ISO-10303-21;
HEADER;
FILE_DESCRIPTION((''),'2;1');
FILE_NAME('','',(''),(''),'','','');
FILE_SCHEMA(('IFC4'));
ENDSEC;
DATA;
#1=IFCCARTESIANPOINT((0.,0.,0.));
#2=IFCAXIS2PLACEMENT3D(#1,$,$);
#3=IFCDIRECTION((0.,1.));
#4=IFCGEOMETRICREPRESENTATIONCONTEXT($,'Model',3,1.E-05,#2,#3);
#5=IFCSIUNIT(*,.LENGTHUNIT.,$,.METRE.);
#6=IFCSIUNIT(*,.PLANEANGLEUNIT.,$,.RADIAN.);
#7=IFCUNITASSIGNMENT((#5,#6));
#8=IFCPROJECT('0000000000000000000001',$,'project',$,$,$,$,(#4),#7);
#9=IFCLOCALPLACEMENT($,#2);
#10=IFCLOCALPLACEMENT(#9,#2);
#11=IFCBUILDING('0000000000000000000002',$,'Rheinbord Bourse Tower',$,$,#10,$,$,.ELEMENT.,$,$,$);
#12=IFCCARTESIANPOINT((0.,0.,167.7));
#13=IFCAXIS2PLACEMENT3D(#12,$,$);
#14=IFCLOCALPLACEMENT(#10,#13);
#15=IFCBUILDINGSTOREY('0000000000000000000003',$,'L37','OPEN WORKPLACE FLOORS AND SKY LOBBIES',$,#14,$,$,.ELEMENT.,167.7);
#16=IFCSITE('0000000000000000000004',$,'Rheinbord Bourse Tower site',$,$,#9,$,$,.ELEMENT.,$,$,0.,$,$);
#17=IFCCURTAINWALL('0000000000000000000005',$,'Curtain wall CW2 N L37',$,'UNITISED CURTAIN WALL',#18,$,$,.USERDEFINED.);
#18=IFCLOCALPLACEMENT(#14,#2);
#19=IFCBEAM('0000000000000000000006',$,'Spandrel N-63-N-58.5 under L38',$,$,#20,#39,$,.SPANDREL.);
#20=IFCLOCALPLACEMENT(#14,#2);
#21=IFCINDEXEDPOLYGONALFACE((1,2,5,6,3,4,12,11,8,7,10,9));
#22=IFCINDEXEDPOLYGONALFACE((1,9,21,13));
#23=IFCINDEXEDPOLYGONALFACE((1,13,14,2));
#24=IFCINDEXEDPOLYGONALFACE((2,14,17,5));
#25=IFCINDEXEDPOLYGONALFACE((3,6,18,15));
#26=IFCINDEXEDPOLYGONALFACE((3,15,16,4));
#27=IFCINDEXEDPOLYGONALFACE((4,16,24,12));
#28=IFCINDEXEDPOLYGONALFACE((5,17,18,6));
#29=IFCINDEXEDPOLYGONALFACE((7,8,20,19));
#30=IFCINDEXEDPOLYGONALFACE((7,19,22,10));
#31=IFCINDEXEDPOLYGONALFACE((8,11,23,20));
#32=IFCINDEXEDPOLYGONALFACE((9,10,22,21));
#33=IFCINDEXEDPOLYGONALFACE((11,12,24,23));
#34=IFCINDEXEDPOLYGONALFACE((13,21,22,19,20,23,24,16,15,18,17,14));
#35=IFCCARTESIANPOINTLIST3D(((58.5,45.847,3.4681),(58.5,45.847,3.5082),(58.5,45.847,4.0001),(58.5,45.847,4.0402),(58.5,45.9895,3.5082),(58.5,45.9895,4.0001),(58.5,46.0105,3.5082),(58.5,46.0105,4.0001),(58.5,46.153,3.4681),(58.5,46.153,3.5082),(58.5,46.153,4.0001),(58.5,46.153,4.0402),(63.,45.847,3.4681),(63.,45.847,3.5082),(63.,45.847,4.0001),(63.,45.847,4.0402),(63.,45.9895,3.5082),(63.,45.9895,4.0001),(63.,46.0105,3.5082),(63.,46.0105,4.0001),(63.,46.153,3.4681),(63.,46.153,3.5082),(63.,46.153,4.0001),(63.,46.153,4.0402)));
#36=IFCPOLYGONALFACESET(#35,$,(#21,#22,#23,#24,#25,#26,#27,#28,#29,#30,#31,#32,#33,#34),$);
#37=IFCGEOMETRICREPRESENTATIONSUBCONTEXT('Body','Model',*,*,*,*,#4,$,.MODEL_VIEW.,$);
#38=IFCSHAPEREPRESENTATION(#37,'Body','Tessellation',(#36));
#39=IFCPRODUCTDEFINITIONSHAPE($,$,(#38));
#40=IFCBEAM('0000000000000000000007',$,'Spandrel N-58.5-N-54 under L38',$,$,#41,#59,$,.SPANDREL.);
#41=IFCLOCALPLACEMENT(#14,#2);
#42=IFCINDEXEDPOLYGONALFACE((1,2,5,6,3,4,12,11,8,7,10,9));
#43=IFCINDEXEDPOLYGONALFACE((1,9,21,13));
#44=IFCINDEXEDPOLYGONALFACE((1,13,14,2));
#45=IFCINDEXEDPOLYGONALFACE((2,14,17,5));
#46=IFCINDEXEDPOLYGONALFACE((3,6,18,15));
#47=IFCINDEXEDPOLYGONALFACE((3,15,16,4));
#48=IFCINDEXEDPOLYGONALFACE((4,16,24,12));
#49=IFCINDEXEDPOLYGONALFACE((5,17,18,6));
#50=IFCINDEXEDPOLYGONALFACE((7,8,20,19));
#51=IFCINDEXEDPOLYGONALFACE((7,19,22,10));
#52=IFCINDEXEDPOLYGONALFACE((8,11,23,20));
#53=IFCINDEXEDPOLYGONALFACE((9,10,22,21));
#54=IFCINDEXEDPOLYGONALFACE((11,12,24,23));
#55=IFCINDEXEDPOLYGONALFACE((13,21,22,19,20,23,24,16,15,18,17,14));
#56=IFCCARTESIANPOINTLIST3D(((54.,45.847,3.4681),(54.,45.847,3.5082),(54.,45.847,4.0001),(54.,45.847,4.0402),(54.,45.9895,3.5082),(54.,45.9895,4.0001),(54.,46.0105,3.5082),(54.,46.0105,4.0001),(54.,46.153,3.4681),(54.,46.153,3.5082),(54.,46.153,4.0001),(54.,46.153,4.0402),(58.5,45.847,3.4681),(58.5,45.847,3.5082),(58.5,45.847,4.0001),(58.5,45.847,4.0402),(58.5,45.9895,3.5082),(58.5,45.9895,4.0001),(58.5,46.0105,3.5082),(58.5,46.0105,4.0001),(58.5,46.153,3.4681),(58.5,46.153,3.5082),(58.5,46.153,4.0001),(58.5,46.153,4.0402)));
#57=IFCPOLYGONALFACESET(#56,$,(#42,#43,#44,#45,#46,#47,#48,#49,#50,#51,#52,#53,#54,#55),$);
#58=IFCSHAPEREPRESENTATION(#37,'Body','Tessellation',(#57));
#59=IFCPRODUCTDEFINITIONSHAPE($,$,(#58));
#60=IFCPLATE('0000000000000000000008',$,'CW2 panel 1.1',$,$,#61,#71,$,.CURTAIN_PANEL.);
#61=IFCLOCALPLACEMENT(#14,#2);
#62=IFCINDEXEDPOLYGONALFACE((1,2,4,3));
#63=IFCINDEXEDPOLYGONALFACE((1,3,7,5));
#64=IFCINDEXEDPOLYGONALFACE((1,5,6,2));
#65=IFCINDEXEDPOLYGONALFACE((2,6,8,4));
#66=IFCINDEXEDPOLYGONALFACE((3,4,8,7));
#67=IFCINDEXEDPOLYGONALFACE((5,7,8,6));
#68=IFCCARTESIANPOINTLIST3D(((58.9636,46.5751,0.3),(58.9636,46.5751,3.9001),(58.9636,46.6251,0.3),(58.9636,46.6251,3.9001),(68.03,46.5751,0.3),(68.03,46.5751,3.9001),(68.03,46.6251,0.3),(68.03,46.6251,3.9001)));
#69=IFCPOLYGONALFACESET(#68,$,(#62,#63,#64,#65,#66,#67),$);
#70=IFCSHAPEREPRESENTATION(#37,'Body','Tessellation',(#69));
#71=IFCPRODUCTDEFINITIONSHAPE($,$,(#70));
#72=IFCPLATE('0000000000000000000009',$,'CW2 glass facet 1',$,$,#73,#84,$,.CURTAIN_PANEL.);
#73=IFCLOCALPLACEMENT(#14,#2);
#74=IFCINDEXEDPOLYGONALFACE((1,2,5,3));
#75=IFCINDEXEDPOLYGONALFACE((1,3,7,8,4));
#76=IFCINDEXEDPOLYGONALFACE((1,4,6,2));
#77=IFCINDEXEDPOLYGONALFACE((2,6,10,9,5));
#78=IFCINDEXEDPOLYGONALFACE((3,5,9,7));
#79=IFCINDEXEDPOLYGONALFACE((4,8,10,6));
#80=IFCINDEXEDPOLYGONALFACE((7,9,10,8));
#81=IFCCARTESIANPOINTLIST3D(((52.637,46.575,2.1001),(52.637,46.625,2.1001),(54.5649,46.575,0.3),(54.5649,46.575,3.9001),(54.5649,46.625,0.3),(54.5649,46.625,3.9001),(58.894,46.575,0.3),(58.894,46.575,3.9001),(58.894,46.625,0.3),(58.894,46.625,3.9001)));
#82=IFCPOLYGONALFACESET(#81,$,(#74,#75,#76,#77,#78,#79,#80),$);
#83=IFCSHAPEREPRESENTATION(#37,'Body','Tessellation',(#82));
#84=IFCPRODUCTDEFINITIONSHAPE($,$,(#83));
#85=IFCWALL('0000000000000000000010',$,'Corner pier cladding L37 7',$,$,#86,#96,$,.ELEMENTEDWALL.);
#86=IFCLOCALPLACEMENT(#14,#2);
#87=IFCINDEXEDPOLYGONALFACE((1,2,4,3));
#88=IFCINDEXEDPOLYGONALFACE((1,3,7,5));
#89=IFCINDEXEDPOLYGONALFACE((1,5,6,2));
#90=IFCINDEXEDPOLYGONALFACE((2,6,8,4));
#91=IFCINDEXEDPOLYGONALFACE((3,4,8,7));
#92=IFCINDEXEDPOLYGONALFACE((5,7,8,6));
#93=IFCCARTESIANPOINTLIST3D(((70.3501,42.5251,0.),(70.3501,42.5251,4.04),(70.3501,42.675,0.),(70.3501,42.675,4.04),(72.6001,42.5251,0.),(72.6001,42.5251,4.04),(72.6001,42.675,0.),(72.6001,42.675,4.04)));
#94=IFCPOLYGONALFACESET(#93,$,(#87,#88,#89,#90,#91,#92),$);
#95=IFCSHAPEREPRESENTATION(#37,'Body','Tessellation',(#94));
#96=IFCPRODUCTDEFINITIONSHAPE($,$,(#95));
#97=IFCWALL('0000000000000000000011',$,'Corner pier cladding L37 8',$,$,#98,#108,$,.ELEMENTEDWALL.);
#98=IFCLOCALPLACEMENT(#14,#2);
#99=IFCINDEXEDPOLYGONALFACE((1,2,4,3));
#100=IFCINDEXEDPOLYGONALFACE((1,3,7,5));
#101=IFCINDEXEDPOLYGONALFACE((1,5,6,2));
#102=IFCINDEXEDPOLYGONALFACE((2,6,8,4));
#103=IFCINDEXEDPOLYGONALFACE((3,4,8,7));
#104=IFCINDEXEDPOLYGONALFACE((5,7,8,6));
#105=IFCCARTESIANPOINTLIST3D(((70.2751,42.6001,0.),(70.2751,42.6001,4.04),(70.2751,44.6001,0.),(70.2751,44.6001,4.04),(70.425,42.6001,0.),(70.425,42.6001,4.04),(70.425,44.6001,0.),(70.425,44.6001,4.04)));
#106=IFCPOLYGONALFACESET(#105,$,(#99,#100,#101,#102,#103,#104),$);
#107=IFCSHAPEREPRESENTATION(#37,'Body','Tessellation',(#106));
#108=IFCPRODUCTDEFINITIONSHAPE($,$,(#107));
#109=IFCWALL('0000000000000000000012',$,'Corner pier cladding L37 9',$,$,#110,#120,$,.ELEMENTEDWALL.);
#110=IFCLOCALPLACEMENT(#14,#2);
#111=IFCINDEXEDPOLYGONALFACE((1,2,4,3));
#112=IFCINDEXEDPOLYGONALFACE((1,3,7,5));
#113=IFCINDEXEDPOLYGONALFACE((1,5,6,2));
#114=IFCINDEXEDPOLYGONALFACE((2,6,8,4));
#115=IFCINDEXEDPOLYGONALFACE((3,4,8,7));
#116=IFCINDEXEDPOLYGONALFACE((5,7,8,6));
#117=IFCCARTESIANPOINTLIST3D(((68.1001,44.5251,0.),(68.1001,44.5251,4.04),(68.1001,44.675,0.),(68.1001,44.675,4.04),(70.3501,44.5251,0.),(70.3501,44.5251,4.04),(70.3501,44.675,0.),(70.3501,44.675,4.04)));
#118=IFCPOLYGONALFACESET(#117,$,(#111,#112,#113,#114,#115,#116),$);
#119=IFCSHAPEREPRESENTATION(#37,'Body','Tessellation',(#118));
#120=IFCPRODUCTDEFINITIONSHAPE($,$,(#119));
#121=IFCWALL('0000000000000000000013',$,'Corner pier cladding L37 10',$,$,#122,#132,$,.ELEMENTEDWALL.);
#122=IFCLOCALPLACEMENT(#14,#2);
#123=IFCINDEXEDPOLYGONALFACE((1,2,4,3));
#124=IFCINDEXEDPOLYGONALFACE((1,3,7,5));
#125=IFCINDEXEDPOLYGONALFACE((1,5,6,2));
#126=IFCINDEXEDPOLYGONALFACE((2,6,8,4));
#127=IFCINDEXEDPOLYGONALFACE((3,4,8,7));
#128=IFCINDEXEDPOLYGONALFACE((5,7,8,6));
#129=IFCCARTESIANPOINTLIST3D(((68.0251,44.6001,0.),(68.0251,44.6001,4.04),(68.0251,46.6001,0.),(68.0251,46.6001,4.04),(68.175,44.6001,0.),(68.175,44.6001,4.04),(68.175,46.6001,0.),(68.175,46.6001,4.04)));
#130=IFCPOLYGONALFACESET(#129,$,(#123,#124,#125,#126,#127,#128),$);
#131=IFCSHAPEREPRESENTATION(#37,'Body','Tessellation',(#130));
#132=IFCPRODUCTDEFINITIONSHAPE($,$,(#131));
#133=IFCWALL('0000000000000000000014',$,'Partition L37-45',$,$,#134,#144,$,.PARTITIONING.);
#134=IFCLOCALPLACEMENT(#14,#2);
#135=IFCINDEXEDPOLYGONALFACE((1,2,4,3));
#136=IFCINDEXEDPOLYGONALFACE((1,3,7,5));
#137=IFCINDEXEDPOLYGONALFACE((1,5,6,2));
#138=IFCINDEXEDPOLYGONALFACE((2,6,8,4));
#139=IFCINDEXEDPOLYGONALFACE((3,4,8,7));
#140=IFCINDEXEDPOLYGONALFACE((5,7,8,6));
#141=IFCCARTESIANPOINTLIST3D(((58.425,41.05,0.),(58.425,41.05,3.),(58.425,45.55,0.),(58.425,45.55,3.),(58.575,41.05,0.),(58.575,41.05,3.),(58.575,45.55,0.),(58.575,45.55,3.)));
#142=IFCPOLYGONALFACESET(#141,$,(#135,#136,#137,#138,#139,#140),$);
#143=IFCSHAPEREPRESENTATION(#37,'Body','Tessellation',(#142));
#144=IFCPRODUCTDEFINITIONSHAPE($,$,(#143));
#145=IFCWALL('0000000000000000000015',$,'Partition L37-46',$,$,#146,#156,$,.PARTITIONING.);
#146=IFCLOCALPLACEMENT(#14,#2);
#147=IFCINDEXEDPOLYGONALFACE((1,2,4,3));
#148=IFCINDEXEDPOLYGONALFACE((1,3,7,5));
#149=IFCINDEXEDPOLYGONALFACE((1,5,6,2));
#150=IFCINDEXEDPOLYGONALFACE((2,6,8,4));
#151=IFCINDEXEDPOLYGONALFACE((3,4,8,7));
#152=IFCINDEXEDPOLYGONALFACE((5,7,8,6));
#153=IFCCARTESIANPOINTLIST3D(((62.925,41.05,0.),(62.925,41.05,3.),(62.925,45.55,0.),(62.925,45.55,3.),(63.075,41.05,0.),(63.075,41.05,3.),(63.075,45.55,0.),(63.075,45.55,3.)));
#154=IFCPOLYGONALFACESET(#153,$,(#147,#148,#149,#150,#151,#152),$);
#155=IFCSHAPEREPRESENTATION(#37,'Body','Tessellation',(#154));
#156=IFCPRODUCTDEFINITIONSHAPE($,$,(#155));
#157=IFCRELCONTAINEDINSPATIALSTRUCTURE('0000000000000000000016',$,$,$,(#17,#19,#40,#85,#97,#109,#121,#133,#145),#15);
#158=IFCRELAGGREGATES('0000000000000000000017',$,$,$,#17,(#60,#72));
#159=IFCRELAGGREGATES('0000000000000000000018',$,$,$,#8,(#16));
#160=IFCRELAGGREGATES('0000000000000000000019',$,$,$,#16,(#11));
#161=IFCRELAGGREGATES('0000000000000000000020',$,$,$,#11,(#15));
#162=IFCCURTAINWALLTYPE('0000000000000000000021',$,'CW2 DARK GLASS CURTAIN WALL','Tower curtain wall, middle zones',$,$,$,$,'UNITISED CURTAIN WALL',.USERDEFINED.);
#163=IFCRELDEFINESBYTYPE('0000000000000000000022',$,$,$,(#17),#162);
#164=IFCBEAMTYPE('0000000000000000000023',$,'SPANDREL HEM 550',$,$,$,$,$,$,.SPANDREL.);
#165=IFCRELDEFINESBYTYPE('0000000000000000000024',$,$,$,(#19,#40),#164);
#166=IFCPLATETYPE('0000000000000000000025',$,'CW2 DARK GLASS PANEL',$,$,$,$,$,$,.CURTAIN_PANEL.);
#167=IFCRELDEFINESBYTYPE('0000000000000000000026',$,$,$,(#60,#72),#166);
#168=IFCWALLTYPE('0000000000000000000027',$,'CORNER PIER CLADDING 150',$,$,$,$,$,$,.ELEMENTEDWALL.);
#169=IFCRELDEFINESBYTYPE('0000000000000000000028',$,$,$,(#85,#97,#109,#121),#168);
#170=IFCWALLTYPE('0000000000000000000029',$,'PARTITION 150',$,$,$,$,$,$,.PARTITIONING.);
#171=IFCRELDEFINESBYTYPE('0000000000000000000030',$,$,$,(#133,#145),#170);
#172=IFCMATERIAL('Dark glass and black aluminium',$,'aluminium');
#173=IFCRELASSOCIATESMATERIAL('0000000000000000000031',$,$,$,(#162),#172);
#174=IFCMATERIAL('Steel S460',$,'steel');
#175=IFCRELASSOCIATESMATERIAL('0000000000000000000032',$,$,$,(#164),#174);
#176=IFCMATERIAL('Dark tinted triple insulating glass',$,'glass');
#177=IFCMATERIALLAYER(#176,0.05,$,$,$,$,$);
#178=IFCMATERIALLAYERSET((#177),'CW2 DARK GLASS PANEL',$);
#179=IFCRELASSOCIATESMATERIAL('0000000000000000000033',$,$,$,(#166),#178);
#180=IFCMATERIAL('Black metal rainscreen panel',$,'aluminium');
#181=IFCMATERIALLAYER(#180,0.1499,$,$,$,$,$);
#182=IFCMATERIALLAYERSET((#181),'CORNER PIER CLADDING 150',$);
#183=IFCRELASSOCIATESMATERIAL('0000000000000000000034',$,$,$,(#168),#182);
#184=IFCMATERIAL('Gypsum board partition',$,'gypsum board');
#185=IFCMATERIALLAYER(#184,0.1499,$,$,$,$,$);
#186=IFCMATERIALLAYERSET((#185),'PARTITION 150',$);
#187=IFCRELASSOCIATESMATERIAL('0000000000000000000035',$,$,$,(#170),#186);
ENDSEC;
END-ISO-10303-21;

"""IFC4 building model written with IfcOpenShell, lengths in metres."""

from ifc_helpers import new_model, si_unit, direction, frame, frame_2d, origin, origin_2d, place, context, subcontext, project, spatial, polyline, rectangle, i_section, outline, extrude, material, layer, layer_set, material_profile, profile_set, type_object, element, aggregate, save


model = new_model("IFC4")

# Units and contexts
model_context = context("Model", 3, precision=1e-05, world=origin(), true_north=direction((0.0, 1.0)))
body_context = subcontext(model_context, "Body", "Model", "MODEL_VIEW")
ifc_project = project(units=[si_unit("LENGTHUNIT", "METRE"), si_unit("PLANEANGLEUNIT", "RADIAN")], contexts=[model_context])

# Site, building, storey
site_placement = place(None, origin())
site = spatial("IfcSite", under=ifc_project, at=site_placement, Name="Rheinbord Bourse Tower site", CompositionType="ELEMENT", RefElevation=0.0)
building_placement = place(site_placement, origin())
building = spatial("IfcBuilding", under=site, at=building_placement, Name="Rheinbord Bourse Tower", CompositionType="ELEMENT")
storey_placement = place(building_placement, frame((0.0, 0.0, 167.7)))
storey = spatial("IfcBuildingStorey", under=building, at=storey_placement, Name="L37", Description="OPEN WORKPLACE FLOORS AND SKY LOBBIES", CompositionType="ELEMENT", Elevation=167.7)

# Shared definitions
ifc_material_1 = material(Name="Dark glass and black aluminium", Category="aluminium")
curtain_wall_type = type_object("IfcCurtainWallType", Name="CW2 DARK GLASS CURTAIN WALL", Description="Tower curtain wall, middle zones", ElementType="UNITISED CURTAIN WALL", PredefinedType="USERDEFINED", material=ifc_material_1)

# Curtain wall
curtain_wall_1_placement = place(storey_placement, origin())
curtain_wall_1 = element("IfcCurtainWall", 1, at=curtain_wall_1_placement, inside=storey, type_object=curtain_wall_type, Name="Curtain wall CW2 N L37", ObjectType="UNITISED CURTAIN WALL", PredefinedType="USERDEFINED")

# Beams
ifc_material_2 = material(Name="Steel S460", Category="steel")
ifc_material_profile_1 = material_profile(ifc_material_2, i_section(OverallWidth=0.3059, OverallDepth=0.572, WebThickness=0.021, FlangeThickness=0.04, at=origin_2d()), Name="HEM 550")
ifc_profile_set_1 = profile_set([ifc_material_profile_1], Name="Steel S460")
beam_type_1 = type_object("IfcBeamType", Name="SPANDREL HEM 550", PredefinedType="SPANDREL", material=ifc_profile_set_1)
for number, where, z_axis, x_axis, name in (
    (2, (63.0, 46.0, 3.7542), (-1.0, 0.0, 0.0), (0.0, -1.0, 0.0), "Spandrel N-63-N-58.5 under L38"),
    (3, (58.5, 46.0, 3.7542), (-1.0, 0.0, 0.0), (0.0, -1.0, 0.0), "Spandrel N-58.5-N-54 under L38"),
):
    element("IfcBeam", number, at=place(storey_placement, frame(where, z_axis=z_axis, x_axis=x_axis)), inside=storey, type_object=beam_type_1, Name=name, PredefinedType="SPANDREL", context=body_context, shape_type="SweptSolid", body=[
        extrude(i_section(OverallWidth=0.3059, OverallDepth=0.572, WebThickness=0.021, FlangeThickness=0.04, at=origin_2d()), origin(), (0.0, 0.0, 1.0), 4.5),
    ])

# Plates
ifc_material_3 = material(Name="Dark tinted triple insulating glass", Category="glass")
ifc_layer_1 = layer(ifc_material_3, 0.05)
ifc_layer_set_1 = layer_set([ifc_layer_1], Name="CW2 DARK GLASS PANEL")
plate_type = type_object("IfcPlateType", Name="CW2 DARK GLASS PANEL", PredefinedType="CURTAIN_PANEL", material=ifc_layer_set_1)
plate_1_placement = place(storey_placement, frame((63.4968, 46.6001, 0.3), z_axis=(0.0, 0.0, 1.0), x_axis=(-1.0, 0.0, 0.0)))
plate_1 = element("IfcPlate", 4, at=plate_1_placement, type_object=plate_type, Name="CW2 panel 1.1", PredefinedType="CURTAIN_PANEL", context=body_context, shape_type="SweptSolid", body=[
    extrude(rectangle(XDim=9.0664, YDim=0.05, at=origin_2d()), origin(), (0.0, 0.0, 1.0), 3.6001),
])
plate_2_placement = place(storey_placement, frame((58.894, 46.625, 0.3), z_axis=(0.0, -1.0, 0.0), x_axis=(0.0, 0.0, 1.0)))
plate_2 = element("IfcPlate", 5, at=plate_2_placement, type_object=plate_type, Name="CW2 glass facet 1", PredefinedType="CURTAIN_PANEL", context=body_context, shape_type="SweptSolid", body=[
    extrude(outline(polyline([(0.0, 0.0), (3.6001, 0.0), (3.6001, 4.3291), (1.8, 6.2571), (0.0, 4.3291), (0.0, 0.0)])), origin(), (0.0, 0.0, 1.0), 0.05),
])
aggregate(curtain_wall_1, [plate_1, plate_2])

# Walls
ifc_material_4 = material(Name="Black metal rainscreen panel", Category="aluminium")
ifc_layer_2 = layer(ifc_material_4, 0.1499)
ifc_layer_set_2 = layer_set([ifc_layer_2], Name="CORNER PIER CLADDING 150")
wall_type_1 = type_object("IfcWallType", Name="CORNER PIER CLADDING 150", PredefinedType="ELEMENTEDWALL", material=ifc_layer_set_2)
wall_1_placement = place(storey_placement, frame((72.6001, 42.6001, 0.0), z_axis=(0.0, 0.0, 1.0), x_axis=(-1.0, 0.0, 0.0)))
element("IfcWall", 6, at=wall_1_placement, inside=storey, type_object=wall_type_1, Name="Corner pier cladding L37 7", PredefinedType="ELEMENTEDWALL", context=body_context, shape_type="SweptSolid", body=[
    extrude(rectangle(XDim=2.25, YDim=0.1499, at=frame_2d((1.125, 0.0))), origin(), (0.0, 0.0, 1.0), 4.04),
])
wall_2_placement = place(storey_placement, frame((70.3501, 42.6001, 0.0), z_axis=(0.0, 0.0, 1.0), x_axis=(0.0, 1.0, 0.0)))
element("IfcWall", 7, at=wall_2_placement, inside=storey, type_object=wall_type_1, Name="Corner pier cladding L37 8", PredefinedType="ELEMENTEDWALL", context=body_context, shape_type="SweptSolid", body=[
    extrude(rectangle(XDim=2.0, YDim=0.1499, at=frame_2d((1.0, 0.0))), origin(), (0.0, 0.0, 1.0), 4.04),
])
wall_3_placement = place(storey_placement, frame((70.3501, 44.6001, 0.0), z_axis=(0.0, 0.0, 1.0), x_axis=(-1.0, 0.0, 0.0)))
element("IfcWall", 8, at=wall_3_placement, inside=storey, type_object=wall_type_1, Name="Corner pier cladding L37 9", PredefinedType="ELEMENTEDWALL", context=body_context, shape_type="SweptSolid", body=[
    extrude(rectangle(XDim=2.25, YDim=0.1499, at=frame_2d((1.125, 0.0))), origin(), (0.0, 0.0, 1.0), 4.04),
])
wall_4_placement = place(storey_placement, frame((68.1001, 44.6001, 0.0), z_axis=(0.0, 0.0, 1.0), x_axis=(0.0, 1.0, 0.0)))
element("IfcWall", 9, at=wall_4_placement, inside=storey, type_object=wall_type_1, Name="Corner pier cladding L37 10", PredefinedType="ELEMENTEDWALL", context=body_context, shape_type="SweptSolid", body=[
    extrude(rectangle(XDim=2.0, YDim=0.1499, at=frame_2d((1.0, 0.0))), origin(), (0.0, 0.0, 1.0), 4.04),
])
ifc_material_5 = material(Name="Gypsum board partition", Category="gypsum board")
ifc_layer_3 = layer(ifc_material_5, 0.1499)
ifc_layer_set_3 = layer_set([ifc_layer_3], Name="PARTITION 150")
wall_type_2 = type_object("IfcWallType", Name="PARTITION 150", PredefinedType="PARTITIONING", material=ifc_layer_set_3)
for number, where, z_axis, x_axis, name in (
    (10, (58.5, 41.05, 0.0), (0.0, 0.0, 1.0), (0.0, 1.0, 0.0), "Partition L37-45"),
    (11, (63.0, 41.05, 0.0), (0.0, 0.0, 1.0), (0.0, 1.0, 0.0), "Partition L37-46"),
):
    element("IfcWall", number, at=place(storey_placement, frame(where, z_axis=z_axis, x_axis=x_axis)), inside=storey, type_object=wall_type_2, Name=name, PredefinedType="PARTITIONING", context=body_context, shape_type="SweptSolid", body=[
        extrude(rectangle(XDim=4.5, YDim=0.1499, at=frame_2d((2.25, 0.0))), origin(), (0.0, 0.0, 1.0), 3.0),
    ])

save(model, "model.ifc")
